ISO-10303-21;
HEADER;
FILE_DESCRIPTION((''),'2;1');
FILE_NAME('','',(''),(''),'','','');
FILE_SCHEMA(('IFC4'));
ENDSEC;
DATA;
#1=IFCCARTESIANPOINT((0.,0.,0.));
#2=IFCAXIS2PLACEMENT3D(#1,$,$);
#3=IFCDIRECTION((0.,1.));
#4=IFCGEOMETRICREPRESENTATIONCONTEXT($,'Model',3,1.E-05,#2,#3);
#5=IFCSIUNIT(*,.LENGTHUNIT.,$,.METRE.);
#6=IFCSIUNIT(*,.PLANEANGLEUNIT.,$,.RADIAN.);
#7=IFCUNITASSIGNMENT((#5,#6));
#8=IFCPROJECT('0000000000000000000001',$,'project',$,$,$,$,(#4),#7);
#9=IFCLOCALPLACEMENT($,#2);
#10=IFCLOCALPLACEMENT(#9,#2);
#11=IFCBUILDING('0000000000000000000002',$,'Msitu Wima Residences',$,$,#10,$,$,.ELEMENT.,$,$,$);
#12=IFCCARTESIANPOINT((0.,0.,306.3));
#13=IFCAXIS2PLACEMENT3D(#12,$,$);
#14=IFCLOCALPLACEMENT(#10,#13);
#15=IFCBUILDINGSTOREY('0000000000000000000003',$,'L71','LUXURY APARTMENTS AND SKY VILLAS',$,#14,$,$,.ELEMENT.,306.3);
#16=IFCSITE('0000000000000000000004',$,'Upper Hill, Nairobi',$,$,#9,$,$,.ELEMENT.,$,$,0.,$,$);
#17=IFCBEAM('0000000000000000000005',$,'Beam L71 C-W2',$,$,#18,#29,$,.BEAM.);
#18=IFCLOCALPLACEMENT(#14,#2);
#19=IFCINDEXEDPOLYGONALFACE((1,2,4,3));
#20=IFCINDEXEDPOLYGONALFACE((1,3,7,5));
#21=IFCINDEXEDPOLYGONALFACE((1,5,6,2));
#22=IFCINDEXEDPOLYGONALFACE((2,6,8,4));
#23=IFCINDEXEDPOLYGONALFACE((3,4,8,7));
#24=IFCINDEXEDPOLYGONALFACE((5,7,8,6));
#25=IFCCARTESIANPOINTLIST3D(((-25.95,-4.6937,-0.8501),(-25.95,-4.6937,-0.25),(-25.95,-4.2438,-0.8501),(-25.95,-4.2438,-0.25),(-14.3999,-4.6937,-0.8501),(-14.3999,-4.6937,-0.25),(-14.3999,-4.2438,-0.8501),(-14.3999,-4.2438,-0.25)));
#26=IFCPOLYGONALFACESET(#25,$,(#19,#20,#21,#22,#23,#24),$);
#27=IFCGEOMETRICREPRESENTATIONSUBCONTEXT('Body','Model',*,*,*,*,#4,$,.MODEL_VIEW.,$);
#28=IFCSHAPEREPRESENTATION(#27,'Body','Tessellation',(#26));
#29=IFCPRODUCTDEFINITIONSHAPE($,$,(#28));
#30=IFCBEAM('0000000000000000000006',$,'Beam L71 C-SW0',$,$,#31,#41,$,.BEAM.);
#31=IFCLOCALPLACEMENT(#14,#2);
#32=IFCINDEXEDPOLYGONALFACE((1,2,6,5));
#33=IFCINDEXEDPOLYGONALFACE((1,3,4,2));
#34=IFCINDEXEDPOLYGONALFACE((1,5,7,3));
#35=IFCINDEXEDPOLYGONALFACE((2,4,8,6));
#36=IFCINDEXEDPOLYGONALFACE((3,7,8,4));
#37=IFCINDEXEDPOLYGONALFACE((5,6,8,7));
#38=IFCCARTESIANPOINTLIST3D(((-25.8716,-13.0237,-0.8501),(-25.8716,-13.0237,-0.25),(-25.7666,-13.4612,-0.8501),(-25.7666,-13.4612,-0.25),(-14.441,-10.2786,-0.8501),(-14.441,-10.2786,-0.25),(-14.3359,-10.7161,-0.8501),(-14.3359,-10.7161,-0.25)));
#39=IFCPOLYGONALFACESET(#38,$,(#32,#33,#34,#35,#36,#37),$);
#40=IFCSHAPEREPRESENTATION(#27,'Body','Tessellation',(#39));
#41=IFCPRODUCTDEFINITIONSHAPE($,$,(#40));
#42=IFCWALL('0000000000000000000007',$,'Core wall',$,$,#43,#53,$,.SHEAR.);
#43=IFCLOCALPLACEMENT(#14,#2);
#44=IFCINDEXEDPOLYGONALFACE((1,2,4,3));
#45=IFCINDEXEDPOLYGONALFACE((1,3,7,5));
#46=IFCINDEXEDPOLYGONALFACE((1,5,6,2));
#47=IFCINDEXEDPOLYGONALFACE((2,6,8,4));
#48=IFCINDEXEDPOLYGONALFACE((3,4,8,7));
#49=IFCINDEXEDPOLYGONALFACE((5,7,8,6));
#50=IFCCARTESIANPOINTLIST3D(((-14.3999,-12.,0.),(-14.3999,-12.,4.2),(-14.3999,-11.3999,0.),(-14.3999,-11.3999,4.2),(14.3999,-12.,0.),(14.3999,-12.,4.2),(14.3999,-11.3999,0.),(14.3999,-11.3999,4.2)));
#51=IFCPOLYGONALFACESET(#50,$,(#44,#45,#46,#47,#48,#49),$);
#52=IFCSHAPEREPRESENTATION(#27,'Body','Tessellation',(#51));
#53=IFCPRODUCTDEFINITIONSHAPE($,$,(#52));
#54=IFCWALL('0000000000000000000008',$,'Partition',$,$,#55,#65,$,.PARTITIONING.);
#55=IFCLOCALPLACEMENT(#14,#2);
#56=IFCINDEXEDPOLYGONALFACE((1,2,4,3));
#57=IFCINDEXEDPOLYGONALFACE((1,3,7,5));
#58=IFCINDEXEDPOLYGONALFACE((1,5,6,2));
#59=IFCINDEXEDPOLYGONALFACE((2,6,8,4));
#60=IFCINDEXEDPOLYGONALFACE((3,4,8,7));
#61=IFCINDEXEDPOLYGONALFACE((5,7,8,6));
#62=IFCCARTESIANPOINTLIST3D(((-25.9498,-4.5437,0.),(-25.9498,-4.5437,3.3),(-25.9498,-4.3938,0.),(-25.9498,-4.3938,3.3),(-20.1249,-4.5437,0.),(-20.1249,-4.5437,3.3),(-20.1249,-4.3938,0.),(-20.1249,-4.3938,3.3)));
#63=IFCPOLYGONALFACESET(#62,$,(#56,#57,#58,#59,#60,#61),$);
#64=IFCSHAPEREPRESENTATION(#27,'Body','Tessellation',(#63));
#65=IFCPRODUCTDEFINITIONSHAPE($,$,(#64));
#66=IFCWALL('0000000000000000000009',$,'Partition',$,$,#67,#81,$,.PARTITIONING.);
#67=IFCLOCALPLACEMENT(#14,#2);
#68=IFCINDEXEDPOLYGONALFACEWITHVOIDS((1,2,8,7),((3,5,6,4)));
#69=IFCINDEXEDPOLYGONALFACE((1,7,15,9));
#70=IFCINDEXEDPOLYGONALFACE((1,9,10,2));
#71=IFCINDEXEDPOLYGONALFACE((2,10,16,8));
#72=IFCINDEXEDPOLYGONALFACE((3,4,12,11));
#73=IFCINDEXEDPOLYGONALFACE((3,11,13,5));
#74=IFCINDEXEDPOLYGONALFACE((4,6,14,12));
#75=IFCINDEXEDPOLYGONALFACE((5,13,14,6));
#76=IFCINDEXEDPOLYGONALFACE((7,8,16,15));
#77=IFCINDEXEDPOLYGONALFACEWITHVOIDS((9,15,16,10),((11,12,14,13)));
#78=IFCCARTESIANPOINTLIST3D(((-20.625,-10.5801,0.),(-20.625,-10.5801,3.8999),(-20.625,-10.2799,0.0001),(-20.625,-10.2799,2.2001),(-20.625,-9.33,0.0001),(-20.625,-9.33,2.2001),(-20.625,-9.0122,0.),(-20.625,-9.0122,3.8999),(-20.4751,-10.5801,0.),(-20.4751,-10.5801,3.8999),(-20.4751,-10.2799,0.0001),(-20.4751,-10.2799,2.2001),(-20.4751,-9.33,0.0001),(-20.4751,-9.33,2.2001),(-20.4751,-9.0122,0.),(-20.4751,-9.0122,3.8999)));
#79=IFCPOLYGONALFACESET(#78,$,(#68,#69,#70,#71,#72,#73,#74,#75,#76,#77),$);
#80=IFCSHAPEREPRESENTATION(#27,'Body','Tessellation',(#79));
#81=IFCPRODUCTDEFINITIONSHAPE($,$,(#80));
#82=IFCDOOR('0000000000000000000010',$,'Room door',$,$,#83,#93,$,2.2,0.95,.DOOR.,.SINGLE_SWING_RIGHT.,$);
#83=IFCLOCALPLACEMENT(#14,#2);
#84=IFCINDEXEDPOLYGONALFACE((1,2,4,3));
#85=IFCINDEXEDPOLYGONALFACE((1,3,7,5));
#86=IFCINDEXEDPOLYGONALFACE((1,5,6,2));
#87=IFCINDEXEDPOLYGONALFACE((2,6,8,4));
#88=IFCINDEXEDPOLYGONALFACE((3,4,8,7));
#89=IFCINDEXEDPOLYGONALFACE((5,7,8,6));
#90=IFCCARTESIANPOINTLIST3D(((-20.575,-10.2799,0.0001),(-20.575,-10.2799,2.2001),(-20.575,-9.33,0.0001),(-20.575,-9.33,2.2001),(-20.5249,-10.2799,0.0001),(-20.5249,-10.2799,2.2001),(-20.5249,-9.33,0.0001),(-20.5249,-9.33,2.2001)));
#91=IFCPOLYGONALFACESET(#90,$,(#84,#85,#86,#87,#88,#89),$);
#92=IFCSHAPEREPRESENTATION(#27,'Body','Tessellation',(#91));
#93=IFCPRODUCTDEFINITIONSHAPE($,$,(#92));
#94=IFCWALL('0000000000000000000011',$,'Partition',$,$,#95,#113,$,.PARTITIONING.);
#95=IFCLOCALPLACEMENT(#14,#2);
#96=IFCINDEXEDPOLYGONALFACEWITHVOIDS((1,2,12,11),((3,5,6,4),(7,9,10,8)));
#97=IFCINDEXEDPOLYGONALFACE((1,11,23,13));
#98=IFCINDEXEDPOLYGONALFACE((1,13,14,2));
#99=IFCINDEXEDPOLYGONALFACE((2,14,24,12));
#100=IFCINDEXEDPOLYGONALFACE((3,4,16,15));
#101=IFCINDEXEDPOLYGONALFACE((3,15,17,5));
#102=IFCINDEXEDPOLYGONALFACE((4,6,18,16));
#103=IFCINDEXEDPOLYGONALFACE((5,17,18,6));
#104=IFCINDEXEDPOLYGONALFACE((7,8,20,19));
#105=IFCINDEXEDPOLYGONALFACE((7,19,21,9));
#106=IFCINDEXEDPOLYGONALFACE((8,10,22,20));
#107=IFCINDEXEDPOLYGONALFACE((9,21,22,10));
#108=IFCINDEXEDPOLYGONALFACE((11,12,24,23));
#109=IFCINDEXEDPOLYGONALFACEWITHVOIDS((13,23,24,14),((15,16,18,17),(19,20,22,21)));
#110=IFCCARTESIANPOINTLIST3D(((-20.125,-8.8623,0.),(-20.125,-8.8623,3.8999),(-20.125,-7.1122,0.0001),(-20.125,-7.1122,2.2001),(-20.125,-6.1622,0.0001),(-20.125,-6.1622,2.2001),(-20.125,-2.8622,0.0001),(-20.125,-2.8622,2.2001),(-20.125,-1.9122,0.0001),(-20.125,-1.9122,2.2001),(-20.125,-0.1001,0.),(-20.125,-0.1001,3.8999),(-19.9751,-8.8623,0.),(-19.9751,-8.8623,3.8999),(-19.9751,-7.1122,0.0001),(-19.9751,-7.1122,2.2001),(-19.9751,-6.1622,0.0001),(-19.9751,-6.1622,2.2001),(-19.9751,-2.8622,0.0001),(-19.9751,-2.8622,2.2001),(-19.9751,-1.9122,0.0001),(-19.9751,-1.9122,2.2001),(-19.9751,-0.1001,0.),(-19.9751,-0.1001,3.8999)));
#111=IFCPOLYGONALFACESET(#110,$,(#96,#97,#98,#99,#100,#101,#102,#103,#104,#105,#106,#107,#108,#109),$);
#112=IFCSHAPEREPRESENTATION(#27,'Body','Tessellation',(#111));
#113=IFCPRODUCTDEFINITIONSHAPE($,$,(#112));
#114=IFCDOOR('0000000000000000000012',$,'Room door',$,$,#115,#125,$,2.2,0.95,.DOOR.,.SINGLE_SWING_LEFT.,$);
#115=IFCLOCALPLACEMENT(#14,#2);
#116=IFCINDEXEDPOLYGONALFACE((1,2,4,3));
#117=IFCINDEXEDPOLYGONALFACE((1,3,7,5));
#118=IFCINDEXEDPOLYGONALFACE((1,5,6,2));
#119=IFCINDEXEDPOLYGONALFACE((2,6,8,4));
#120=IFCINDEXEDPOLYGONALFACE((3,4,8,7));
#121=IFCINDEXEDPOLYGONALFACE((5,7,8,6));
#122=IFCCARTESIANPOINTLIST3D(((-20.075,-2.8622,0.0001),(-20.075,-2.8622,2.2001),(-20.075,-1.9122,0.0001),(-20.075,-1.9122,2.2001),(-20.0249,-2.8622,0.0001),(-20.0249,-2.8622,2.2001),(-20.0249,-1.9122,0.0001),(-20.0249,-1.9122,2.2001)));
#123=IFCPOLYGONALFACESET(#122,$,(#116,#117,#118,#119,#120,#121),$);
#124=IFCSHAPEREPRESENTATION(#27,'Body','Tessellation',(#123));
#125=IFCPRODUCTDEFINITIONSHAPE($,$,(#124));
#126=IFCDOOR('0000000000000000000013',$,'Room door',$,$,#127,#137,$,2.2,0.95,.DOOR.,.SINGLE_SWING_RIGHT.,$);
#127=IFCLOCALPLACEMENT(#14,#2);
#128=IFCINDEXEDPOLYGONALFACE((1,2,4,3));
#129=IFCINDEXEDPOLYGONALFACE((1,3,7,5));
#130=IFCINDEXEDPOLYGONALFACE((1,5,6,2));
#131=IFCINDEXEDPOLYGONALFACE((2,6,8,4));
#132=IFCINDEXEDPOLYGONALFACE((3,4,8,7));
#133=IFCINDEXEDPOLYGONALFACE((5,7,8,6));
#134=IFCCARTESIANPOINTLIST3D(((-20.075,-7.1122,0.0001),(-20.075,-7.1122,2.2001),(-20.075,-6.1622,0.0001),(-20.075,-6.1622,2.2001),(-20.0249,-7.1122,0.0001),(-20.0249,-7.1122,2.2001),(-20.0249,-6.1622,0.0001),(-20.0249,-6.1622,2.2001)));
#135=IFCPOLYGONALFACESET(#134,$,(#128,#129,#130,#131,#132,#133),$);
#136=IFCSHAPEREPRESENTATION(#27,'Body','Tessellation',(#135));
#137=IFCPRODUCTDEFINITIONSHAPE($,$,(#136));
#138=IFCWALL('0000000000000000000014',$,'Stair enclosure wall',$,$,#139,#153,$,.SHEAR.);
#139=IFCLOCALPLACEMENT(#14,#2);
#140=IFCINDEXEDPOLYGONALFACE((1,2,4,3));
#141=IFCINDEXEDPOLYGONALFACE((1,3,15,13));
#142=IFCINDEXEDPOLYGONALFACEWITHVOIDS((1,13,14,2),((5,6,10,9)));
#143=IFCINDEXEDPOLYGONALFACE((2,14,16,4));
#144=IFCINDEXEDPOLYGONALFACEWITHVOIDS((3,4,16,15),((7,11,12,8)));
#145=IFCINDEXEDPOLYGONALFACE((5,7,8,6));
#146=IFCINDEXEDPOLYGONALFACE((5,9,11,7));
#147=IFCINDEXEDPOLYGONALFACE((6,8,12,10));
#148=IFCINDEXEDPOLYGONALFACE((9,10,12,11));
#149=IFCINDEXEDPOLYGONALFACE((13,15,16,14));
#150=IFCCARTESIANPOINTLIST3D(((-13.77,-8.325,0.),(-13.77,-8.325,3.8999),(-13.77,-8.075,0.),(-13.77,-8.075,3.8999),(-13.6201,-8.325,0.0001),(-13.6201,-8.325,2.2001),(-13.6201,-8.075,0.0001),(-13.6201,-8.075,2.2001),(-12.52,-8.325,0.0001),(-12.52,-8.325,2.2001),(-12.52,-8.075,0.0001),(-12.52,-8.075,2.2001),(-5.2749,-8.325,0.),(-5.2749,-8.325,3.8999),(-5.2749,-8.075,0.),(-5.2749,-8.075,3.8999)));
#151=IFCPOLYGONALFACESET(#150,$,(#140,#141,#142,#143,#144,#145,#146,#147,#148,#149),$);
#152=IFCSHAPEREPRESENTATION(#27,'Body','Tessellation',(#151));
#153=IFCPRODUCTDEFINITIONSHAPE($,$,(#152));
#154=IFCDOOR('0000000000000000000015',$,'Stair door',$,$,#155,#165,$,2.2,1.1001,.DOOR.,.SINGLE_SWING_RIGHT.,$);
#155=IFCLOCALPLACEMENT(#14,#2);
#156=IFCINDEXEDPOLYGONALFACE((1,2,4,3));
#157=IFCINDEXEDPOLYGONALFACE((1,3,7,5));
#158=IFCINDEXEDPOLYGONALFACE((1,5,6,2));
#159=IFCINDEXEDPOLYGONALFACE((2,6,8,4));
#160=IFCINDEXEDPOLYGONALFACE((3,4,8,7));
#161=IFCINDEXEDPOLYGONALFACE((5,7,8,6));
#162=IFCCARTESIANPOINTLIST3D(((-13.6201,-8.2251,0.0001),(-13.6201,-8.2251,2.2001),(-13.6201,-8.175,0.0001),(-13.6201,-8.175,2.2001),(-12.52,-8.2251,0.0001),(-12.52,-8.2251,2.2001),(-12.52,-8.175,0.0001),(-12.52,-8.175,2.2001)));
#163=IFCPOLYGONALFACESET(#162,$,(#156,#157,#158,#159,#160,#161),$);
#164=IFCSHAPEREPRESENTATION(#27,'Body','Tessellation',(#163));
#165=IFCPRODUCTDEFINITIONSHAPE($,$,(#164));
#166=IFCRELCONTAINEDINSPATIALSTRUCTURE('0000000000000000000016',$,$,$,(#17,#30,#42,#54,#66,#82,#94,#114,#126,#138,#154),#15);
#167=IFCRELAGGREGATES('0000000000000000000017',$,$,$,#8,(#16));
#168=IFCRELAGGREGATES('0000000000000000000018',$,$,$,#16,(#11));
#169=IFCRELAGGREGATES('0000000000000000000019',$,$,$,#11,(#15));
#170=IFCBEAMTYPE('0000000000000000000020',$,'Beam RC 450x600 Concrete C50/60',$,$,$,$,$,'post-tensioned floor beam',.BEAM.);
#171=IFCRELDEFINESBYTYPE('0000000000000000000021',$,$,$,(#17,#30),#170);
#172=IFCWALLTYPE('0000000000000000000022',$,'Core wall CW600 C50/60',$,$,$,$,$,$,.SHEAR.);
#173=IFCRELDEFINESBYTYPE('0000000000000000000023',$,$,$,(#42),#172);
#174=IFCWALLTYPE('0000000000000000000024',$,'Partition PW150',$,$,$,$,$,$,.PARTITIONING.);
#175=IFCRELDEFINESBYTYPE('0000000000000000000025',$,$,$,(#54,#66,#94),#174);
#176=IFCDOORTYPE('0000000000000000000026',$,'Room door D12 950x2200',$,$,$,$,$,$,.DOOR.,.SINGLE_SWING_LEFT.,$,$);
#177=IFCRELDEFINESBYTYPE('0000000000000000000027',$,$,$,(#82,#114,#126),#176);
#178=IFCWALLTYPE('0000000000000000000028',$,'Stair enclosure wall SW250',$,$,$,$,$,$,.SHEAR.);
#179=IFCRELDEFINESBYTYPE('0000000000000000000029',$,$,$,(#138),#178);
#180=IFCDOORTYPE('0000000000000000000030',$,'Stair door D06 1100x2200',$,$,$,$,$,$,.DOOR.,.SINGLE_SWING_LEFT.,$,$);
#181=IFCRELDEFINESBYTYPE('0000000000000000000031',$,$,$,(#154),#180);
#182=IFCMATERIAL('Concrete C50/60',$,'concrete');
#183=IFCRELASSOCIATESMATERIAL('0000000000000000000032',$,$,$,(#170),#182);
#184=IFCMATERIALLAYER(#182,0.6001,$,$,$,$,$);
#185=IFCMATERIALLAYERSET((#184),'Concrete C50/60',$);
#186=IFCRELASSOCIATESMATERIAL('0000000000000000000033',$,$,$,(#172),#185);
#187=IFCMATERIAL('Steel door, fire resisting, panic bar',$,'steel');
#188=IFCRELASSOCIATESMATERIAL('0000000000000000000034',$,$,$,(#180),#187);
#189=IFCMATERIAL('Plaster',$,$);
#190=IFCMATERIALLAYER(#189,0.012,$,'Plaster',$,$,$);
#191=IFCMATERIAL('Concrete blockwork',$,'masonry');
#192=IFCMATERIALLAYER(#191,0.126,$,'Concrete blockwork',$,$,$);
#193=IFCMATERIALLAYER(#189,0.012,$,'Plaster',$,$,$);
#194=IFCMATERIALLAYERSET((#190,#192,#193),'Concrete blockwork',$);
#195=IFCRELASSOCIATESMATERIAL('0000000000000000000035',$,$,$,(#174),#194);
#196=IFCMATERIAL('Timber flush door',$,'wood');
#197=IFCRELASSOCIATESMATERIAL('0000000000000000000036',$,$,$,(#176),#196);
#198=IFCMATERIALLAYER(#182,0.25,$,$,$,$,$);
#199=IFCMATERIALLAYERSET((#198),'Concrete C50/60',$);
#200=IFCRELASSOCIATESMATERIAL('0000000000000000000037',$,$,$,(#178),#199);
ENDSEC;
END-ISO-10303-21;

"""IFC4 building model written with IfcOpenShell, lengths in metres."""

from ifc_helpers import new_model, si_unit, direction, frame, frame_2d, origin, origin_2d, place, context, subcontext, project, spatial, rectangle, extrude, material, layer, layer_set, material_profile, profile_set, type_object, element, fill, save


model = new_model("IFC4")

# Units and contexts
model_context = context("Model", 3, precision=1e-05, world=origin(), true_north=direction((0.0, 1.0)))
body_context = subcontext(model_context, "Body", "Model", "MODEL_VIEW")
ifc_project = project(units=[si_unit("LENGTHUNIT", "METRE"), si_unit("PLANEANGLEUNIT", "RADIAN")], contexts=[model_context])

# Site, building, storey
site_placement = place(None, origin())
site = spatial("IfcSite", under=ifc_project, at=site_placement, Name="Upper Hill, Nairobi", CompositionType="ELEMENT", RefElevation=0.0)
building_placement = place(site_placement, origin())
building = spatial("IfcBuilding", under=site, at=building_placement, Name="Msitu Wima Residences", CompositionType="ELEMENT")
storey_placement = place(building_placement, frame((0.0, 0.0, 306.3)))
storey = spatial("IfcBuildingStorey", under=building, at=storey_placement, Name="L71", Description="LUXURY APARTMENTS AND SKY VILLAS", CompositionType="ELEMENT", Elevation=306.3)

# Beams
ifc_material_1 = material(Name="Concrete C50/60", Category="concrete")
ifc_material_profile = material_profile(ifc_material_1, rectangle(XDim=0.45, YDim=0.6001, at=origin_2d()), Name="RC 450x600")
ifc_profile_set = profile_set([ifc_material_profile], Name="Concrete C50/60")
beam_type = type_object("IfcBeamType", Name="Beam RC 450x600 Concrete C50/60", ElementType="post-tensioned floor beam", PredefinedType="BEAM", material=ifc_profile_set)
beam_1_placement = place(storey_placement, frame((-25.95, -4.4688, -0.55), z_axis=(1.0, 0.0, 0.0), x_axis=(0.0, 1.0, 0.0)))
element("IfcBeam", 1, at=beam_1_placement, inside=storey, type_object=beam_type, Name="Beam L71 C-W2", PredefinedType="BEAM", context=body_context, shape_type="SweptSolid", body=[
    extrude(rectangle(XDim=0.45, YDim=0.6001, at=origin_2d()), origin(), (0.0, 0.0, 1.0), 11.55),
])
beam_2_placement = place(storey_placement, frame((-25.8191, -13.2424, -0.55), z_axis=(0.972353, 0.233514, 0.0), x_axis=(-0.233514, 0.972353, 0.0)))
element("IfcBeam", 2, at=beam_2_placement, inside=storey, type_object=beam_type, Name="Beam L71 C-SW0", PredefinedType="BEAM", context=body_context, shape_type="SweptSolid", body=[
    extrude(rectangle(XDim=0.45, YDim=0.6001, at=origin_2d()), origin(), (0.0, 0.0, 1.0), 11.7556),
])

# Wall
ifc_layer_1 = layer(ifc_material_1, 0.6001)
ifc_layer_set_1 = layer_set([ifc_layer_1], Name="Concrete C50/60")
wall_type_1 = type_object("IfcWallType", Name="Core wall CW600 C50/60", PredefinedType="SHEAR", material=ifc_layer_set_1)
wall_1_placement = place(storey_placement, frame((-14.3999, -11.7, 0.0), z_axis=(0.0, 0.0, 1.0), x_axis=(1.0, 0.0, 0.0)))
element("IfcWall", 3, at=wall_1_placement, inside=storey, type_object=wall_type_1, Name="Core wall", PredefinedType="SHEAR", context=body_context, shape_type="SweptSolid", body=[
    extrude(rectangle(XDim=28.7998, YDim=0.6001, at=frame_2d((14.3999, 0.0))), origin(), (0.0, 0.0, 1.0), 4.2),
])

# Shared definitions
ifc_material_2 = material(Name="Steel door, fire resisting, panic bar", Category="steel")
door_type_1 = type_object("IfcDoorType", Name="Stair door D06 1100x2200", OperationType="SINGLE_SWING_LEFT", PredefinedType="DOOR", material=ifc_material_2)

# Wall
ifc_material_3 = material(Name="Plaster")
ifc_layer_2 = layer(ifc_material_3, 0.012, Name="Plaster")
ifc_material_4 = material(Name="Concrete blockwork", Category="masonry")
ifc_layer_3 = layer(ifc_material_4, 0.126, Name="Concrete blockwork")
ifc_layer_4 = layer(ifc_material_3, 0.012, Name="Plaster")
ifc_layer_set_2 = layer_set([ifc_layer_2, ifc_layer_3, ifc_layer_4], Name="Concrete blockwork")
wall_type_2 = type_object("IfcWallType", Name="Partition PW150", PredefinedType="PARTITIONING", material=ifc_layer_set_2)
wall_2_placement = place(storey_placement, frame((-25.95, -4.4688, 0.0), z_axis=(0.0, 0.0, 1.0), x_axis=(1.0, 0.0, 0.0)))
element("IfcWall", 4, at=wall_2_placement, inside=storey, type_object=wall_type_2, Name="Partition", PredefinedType="PARTITIONING", context=body_context, shape_type="SweptSolid", body=[
    extrude(rectangle(XDim=5.825, YDim=0.1499, at=frame_2d((2.9126, 0.0))), origin(), (0.0, 0.0, 1.0), 3.3),
])

# Wall, opening, door
wall_3_placement = place(storey_placement, frame((-20.55, -10.5801, 0.0), z_axis=(0.0, 0.0, 1.0), x_axis=(0.0, 1.0, 0.0)))
wall_3 = element("IfcWall", 5, at=wall_3_placement, inside=storey, type_object=wall_type_2, Name="Partition", PredefinedType="PARTITIONING", context=body_context, shape_type="SweptSolid", body=[
    extrude(rectangle(XDim=1.5679, YDim=0.1499, at=frame_2d((0.7839, 0.0))), origin(), (0.0, 0.0, 1.0), 3.8999),
])
opening_1_placement = place(wall_3_placement, frame((0.3, 0.0, 0.0)))
opening_1 = element("IfcOpeningElement", 6, at=opening_1_placement, cuts=wall_3, PredefinedType="OPENING", context=body_context, shape_type="SweptSolid", body=[
    extrude(rectangle(XDim=0.95, YDim=2.2, at=frame_2d((0.4751, 1.1001))), frame((0.0, 0.085, 0.0), z_axis=(0.0, -1.0, 0.0), x_axis=(1.0, 0.0, 0.0)), (0.0, 0.0, 1.0), 0.1699),
])
ifc_material_5 = material(Name="Timber flush door", Category="wood")
door_type_2 = type_object("IfcDoorType", Name="Room door D12 950x2200", OperationType="SINGLE_SWING_LEFT", PredefinedType="DOOR", material=ifc_material_5)
door_1_placement = place(opening_1_placement, origin())
door_1 = element("IfcDoor", 7, at=door_1_placement, inside=storey, type_object=door_type_2, Name="Room door", OperationType="SINGLE_SWING_RIGHT", OverallHeight=2.2, OverallWidth=0.95, PredefinedType="DOOR", context=body_context, shape_type="SweptSolid", body=[
    extrude(rectangle(XDim=0.95, YDim=2.2, at=frame_2d((0.4751, 1.1001))), frame((0.0, 0.0249, 0.0), z_axis=(0.0, -1.0, 0.0), x_axis=(1.0, 0.0, 0.0)), (0.0, 0.0, 1.0), 0.05),
])
fill(opening_1, door_1)

# Wall, openings, doors
wall_4_placement = place(storey_placement, frame((-20.05, -8.8623, 0.0), z_axis=(0.0, 0.0, 1.0), x_axis=(0.0, 1.0, 0.0)))
wall_4 = element("IfcWall", 8, at=wall_4_placement, inside=storey, type_object=wall_type_2, Name="Partition", PredefinedType="PARTITIONING", context=body_context, shape_type="SweptSolid", body=[
    extrude(rectangle(XDim=8.7622, YDim=0.1499, at=frame_2d((4.3811, 0.0))), origin(), (0.0, 0.0, 1.0), 3.8999),
])
opening_2_placement = place(wall_4_placement, frame((6.0, 0.0, 0.0)))
opening_2 = element("IfcOpeningElement", 9, at=opening_2_placement, cuts=wall_4, PredefinedType="OPENING", context=body_context, shape_type="SweptSolid", body=[
    extrude(rectangle(XDim=0.95, YDim=2.2, at=frame_2d((0.4751, 1.1001))), frame((0.0, 0.085, 0.0), z_axis=(0.0, -1.0, 0.0), x_axis=(1.0, 0.0, 0.0)), (0.0, 0.0, 1.0), 0.1699),
])
opening_3_placement = place(wall_4_placement, frame((1.75, 0.0, 0.0)))
opening_3 = element("IfcOpeningElement", 10, at=opening_3_placement, cuts=wall_4, PredefinedType="OPENING", context=body_context, shape_type="SweptSolid", body=[
    extrude(rectangle(XDim=0.95, YDim=2.2, at=frame_2d((0.4751, 1.1001))), frame((0.0, 0.085, 0.0), z_axis=(0.0, -1.0, 0.0), x_axis=(1.0, 0.0, 0.0)), (0.0, 0.0, 1.0), 0.1699),
])
door_2_placement = place(opening_2_placement, origin())
door_2 = element("IfcDoor", 11, at=door_2_placement, inside=storey, type_object=door_type_2, Name="Room door", OperationType="SINGLE_SWING_LEFT", OverallHeight=2.2, OverallWidth=0.95, PredefinedType="DOOR", context=body_context, shape_type="SweptSolid", body=[
    extrude(rectangle(XDim=0.95, YDim=2.2, at=frame_2d((0.4751, 1.1001))), frame((0.0, 0.0249, 0.0), z_axis=(0.0, -1.0, 0.0), x_axis=(1.0, 0.0, 0.0)), (0.0, 0.0, 1.0), 0.05),
])
fill(opening_2, door_2)
door_3_placement = place(opening_3_placement, origin())
door_3 = element("IfcDoor", 12, at=door_3_placement, inside=storey, type_object=door_type_2, Name="Room door", OperationType="SINGLE_SWING_RIGHT", OverallHeight=2.2, OverallWidth=0.95, PredefinedType="DOOR", context=body_context, shape_type="SweptSolid", body=[
    extrude(rectangle(XDim=0.95, YDim=2.2, at=frame_2d((0.4751, 1.1001))), frame((0.0, 0.0249, 0.0), z_axis=(0.0, -1.0, 0.0), x_axis=(1.0, 0.0, 0.0)), (0.0, 0.0, 1.0), 0.05),
])
fill(opening_3, door_3)

# Wall, opening, door
ifc_layer_5 = layer(ifc_material_1, 0.25)
ifc_layer_set_3 = layer_set([ifc_layer_5], Name="Concrete C50/60")
wall_type_3 = type_object("IfcWallType", Name="Stair enclosure wall SW250", PredefinedType="SHEAR", material=ifc_layer_set_3)
wall_5_placement = place(storey_placement, frame((-13.77, -8.2, 0.0), z_axis=(0.0, 0.0, 1.0), x_axis=(1.0, 0.0, 0.0)))
wall_5 = element("IfcWall", 13, at=wall_5_placement, inside=storey, type_object=wall_type_3, Name="Stair enclosure wall", PredefinedType="SHEAR", context=body_context, shape_type="SweptSolid", body=[
    extrude(rectangle(XDim=8.4951, YDim=0.25, at=frame_2d((4.2476, 0.0))), origin(), (0.0, 0.0, 1.0), 3.8999),
])
opening_4_placement = place(wall_5_placement, frame((0.1499, 0.0, 0.0)))
opening_4 = element("IfcOpeningElement", 14, at=opening_4_placement, cuts=wall_5, PredefinedType="OPENING", context=body_context, shape_type="SweptSolid", body=[
    extrude(rectangle(XDim=1.1001, YDim=2.2, at=frame_2d((0.55, 1.1001))), frame((0.0, 0.135, 0.0), z_axis=(0.0, -1.0, 0.0), x_axis=(1.0, 0.0, 0.0)), (0.0, 0.0, 1.0), 0.27),
])
door_4_placement = place(opening_4_placement, origin())
door_4 = element("IfcDoor", 15, at=door_4_placement, inside=storey, type_object=door_type_1, Name="Stair door", OperationType="SINGLE_SWING_RIGHT", OverallHeight=2.2, OverallWidth=1.1001, PredefinedType="DOOR", context=body_context, shape_type="SweptSolid", body=[
    extrude(rectangle(XDim=1.1001, YDim=2.2, at=frame_2d((0.55, 1.1001))), frame((0.0, 0.0249, 0.0), z_axis=(0.0, -1.0, 0.0), x_axis=(1.0, 0.0, 0.0)), (0.0, 0.0, 1.0), 0.05),
])
fill(opening_4, door_4)

save(model, "model.ifc")
